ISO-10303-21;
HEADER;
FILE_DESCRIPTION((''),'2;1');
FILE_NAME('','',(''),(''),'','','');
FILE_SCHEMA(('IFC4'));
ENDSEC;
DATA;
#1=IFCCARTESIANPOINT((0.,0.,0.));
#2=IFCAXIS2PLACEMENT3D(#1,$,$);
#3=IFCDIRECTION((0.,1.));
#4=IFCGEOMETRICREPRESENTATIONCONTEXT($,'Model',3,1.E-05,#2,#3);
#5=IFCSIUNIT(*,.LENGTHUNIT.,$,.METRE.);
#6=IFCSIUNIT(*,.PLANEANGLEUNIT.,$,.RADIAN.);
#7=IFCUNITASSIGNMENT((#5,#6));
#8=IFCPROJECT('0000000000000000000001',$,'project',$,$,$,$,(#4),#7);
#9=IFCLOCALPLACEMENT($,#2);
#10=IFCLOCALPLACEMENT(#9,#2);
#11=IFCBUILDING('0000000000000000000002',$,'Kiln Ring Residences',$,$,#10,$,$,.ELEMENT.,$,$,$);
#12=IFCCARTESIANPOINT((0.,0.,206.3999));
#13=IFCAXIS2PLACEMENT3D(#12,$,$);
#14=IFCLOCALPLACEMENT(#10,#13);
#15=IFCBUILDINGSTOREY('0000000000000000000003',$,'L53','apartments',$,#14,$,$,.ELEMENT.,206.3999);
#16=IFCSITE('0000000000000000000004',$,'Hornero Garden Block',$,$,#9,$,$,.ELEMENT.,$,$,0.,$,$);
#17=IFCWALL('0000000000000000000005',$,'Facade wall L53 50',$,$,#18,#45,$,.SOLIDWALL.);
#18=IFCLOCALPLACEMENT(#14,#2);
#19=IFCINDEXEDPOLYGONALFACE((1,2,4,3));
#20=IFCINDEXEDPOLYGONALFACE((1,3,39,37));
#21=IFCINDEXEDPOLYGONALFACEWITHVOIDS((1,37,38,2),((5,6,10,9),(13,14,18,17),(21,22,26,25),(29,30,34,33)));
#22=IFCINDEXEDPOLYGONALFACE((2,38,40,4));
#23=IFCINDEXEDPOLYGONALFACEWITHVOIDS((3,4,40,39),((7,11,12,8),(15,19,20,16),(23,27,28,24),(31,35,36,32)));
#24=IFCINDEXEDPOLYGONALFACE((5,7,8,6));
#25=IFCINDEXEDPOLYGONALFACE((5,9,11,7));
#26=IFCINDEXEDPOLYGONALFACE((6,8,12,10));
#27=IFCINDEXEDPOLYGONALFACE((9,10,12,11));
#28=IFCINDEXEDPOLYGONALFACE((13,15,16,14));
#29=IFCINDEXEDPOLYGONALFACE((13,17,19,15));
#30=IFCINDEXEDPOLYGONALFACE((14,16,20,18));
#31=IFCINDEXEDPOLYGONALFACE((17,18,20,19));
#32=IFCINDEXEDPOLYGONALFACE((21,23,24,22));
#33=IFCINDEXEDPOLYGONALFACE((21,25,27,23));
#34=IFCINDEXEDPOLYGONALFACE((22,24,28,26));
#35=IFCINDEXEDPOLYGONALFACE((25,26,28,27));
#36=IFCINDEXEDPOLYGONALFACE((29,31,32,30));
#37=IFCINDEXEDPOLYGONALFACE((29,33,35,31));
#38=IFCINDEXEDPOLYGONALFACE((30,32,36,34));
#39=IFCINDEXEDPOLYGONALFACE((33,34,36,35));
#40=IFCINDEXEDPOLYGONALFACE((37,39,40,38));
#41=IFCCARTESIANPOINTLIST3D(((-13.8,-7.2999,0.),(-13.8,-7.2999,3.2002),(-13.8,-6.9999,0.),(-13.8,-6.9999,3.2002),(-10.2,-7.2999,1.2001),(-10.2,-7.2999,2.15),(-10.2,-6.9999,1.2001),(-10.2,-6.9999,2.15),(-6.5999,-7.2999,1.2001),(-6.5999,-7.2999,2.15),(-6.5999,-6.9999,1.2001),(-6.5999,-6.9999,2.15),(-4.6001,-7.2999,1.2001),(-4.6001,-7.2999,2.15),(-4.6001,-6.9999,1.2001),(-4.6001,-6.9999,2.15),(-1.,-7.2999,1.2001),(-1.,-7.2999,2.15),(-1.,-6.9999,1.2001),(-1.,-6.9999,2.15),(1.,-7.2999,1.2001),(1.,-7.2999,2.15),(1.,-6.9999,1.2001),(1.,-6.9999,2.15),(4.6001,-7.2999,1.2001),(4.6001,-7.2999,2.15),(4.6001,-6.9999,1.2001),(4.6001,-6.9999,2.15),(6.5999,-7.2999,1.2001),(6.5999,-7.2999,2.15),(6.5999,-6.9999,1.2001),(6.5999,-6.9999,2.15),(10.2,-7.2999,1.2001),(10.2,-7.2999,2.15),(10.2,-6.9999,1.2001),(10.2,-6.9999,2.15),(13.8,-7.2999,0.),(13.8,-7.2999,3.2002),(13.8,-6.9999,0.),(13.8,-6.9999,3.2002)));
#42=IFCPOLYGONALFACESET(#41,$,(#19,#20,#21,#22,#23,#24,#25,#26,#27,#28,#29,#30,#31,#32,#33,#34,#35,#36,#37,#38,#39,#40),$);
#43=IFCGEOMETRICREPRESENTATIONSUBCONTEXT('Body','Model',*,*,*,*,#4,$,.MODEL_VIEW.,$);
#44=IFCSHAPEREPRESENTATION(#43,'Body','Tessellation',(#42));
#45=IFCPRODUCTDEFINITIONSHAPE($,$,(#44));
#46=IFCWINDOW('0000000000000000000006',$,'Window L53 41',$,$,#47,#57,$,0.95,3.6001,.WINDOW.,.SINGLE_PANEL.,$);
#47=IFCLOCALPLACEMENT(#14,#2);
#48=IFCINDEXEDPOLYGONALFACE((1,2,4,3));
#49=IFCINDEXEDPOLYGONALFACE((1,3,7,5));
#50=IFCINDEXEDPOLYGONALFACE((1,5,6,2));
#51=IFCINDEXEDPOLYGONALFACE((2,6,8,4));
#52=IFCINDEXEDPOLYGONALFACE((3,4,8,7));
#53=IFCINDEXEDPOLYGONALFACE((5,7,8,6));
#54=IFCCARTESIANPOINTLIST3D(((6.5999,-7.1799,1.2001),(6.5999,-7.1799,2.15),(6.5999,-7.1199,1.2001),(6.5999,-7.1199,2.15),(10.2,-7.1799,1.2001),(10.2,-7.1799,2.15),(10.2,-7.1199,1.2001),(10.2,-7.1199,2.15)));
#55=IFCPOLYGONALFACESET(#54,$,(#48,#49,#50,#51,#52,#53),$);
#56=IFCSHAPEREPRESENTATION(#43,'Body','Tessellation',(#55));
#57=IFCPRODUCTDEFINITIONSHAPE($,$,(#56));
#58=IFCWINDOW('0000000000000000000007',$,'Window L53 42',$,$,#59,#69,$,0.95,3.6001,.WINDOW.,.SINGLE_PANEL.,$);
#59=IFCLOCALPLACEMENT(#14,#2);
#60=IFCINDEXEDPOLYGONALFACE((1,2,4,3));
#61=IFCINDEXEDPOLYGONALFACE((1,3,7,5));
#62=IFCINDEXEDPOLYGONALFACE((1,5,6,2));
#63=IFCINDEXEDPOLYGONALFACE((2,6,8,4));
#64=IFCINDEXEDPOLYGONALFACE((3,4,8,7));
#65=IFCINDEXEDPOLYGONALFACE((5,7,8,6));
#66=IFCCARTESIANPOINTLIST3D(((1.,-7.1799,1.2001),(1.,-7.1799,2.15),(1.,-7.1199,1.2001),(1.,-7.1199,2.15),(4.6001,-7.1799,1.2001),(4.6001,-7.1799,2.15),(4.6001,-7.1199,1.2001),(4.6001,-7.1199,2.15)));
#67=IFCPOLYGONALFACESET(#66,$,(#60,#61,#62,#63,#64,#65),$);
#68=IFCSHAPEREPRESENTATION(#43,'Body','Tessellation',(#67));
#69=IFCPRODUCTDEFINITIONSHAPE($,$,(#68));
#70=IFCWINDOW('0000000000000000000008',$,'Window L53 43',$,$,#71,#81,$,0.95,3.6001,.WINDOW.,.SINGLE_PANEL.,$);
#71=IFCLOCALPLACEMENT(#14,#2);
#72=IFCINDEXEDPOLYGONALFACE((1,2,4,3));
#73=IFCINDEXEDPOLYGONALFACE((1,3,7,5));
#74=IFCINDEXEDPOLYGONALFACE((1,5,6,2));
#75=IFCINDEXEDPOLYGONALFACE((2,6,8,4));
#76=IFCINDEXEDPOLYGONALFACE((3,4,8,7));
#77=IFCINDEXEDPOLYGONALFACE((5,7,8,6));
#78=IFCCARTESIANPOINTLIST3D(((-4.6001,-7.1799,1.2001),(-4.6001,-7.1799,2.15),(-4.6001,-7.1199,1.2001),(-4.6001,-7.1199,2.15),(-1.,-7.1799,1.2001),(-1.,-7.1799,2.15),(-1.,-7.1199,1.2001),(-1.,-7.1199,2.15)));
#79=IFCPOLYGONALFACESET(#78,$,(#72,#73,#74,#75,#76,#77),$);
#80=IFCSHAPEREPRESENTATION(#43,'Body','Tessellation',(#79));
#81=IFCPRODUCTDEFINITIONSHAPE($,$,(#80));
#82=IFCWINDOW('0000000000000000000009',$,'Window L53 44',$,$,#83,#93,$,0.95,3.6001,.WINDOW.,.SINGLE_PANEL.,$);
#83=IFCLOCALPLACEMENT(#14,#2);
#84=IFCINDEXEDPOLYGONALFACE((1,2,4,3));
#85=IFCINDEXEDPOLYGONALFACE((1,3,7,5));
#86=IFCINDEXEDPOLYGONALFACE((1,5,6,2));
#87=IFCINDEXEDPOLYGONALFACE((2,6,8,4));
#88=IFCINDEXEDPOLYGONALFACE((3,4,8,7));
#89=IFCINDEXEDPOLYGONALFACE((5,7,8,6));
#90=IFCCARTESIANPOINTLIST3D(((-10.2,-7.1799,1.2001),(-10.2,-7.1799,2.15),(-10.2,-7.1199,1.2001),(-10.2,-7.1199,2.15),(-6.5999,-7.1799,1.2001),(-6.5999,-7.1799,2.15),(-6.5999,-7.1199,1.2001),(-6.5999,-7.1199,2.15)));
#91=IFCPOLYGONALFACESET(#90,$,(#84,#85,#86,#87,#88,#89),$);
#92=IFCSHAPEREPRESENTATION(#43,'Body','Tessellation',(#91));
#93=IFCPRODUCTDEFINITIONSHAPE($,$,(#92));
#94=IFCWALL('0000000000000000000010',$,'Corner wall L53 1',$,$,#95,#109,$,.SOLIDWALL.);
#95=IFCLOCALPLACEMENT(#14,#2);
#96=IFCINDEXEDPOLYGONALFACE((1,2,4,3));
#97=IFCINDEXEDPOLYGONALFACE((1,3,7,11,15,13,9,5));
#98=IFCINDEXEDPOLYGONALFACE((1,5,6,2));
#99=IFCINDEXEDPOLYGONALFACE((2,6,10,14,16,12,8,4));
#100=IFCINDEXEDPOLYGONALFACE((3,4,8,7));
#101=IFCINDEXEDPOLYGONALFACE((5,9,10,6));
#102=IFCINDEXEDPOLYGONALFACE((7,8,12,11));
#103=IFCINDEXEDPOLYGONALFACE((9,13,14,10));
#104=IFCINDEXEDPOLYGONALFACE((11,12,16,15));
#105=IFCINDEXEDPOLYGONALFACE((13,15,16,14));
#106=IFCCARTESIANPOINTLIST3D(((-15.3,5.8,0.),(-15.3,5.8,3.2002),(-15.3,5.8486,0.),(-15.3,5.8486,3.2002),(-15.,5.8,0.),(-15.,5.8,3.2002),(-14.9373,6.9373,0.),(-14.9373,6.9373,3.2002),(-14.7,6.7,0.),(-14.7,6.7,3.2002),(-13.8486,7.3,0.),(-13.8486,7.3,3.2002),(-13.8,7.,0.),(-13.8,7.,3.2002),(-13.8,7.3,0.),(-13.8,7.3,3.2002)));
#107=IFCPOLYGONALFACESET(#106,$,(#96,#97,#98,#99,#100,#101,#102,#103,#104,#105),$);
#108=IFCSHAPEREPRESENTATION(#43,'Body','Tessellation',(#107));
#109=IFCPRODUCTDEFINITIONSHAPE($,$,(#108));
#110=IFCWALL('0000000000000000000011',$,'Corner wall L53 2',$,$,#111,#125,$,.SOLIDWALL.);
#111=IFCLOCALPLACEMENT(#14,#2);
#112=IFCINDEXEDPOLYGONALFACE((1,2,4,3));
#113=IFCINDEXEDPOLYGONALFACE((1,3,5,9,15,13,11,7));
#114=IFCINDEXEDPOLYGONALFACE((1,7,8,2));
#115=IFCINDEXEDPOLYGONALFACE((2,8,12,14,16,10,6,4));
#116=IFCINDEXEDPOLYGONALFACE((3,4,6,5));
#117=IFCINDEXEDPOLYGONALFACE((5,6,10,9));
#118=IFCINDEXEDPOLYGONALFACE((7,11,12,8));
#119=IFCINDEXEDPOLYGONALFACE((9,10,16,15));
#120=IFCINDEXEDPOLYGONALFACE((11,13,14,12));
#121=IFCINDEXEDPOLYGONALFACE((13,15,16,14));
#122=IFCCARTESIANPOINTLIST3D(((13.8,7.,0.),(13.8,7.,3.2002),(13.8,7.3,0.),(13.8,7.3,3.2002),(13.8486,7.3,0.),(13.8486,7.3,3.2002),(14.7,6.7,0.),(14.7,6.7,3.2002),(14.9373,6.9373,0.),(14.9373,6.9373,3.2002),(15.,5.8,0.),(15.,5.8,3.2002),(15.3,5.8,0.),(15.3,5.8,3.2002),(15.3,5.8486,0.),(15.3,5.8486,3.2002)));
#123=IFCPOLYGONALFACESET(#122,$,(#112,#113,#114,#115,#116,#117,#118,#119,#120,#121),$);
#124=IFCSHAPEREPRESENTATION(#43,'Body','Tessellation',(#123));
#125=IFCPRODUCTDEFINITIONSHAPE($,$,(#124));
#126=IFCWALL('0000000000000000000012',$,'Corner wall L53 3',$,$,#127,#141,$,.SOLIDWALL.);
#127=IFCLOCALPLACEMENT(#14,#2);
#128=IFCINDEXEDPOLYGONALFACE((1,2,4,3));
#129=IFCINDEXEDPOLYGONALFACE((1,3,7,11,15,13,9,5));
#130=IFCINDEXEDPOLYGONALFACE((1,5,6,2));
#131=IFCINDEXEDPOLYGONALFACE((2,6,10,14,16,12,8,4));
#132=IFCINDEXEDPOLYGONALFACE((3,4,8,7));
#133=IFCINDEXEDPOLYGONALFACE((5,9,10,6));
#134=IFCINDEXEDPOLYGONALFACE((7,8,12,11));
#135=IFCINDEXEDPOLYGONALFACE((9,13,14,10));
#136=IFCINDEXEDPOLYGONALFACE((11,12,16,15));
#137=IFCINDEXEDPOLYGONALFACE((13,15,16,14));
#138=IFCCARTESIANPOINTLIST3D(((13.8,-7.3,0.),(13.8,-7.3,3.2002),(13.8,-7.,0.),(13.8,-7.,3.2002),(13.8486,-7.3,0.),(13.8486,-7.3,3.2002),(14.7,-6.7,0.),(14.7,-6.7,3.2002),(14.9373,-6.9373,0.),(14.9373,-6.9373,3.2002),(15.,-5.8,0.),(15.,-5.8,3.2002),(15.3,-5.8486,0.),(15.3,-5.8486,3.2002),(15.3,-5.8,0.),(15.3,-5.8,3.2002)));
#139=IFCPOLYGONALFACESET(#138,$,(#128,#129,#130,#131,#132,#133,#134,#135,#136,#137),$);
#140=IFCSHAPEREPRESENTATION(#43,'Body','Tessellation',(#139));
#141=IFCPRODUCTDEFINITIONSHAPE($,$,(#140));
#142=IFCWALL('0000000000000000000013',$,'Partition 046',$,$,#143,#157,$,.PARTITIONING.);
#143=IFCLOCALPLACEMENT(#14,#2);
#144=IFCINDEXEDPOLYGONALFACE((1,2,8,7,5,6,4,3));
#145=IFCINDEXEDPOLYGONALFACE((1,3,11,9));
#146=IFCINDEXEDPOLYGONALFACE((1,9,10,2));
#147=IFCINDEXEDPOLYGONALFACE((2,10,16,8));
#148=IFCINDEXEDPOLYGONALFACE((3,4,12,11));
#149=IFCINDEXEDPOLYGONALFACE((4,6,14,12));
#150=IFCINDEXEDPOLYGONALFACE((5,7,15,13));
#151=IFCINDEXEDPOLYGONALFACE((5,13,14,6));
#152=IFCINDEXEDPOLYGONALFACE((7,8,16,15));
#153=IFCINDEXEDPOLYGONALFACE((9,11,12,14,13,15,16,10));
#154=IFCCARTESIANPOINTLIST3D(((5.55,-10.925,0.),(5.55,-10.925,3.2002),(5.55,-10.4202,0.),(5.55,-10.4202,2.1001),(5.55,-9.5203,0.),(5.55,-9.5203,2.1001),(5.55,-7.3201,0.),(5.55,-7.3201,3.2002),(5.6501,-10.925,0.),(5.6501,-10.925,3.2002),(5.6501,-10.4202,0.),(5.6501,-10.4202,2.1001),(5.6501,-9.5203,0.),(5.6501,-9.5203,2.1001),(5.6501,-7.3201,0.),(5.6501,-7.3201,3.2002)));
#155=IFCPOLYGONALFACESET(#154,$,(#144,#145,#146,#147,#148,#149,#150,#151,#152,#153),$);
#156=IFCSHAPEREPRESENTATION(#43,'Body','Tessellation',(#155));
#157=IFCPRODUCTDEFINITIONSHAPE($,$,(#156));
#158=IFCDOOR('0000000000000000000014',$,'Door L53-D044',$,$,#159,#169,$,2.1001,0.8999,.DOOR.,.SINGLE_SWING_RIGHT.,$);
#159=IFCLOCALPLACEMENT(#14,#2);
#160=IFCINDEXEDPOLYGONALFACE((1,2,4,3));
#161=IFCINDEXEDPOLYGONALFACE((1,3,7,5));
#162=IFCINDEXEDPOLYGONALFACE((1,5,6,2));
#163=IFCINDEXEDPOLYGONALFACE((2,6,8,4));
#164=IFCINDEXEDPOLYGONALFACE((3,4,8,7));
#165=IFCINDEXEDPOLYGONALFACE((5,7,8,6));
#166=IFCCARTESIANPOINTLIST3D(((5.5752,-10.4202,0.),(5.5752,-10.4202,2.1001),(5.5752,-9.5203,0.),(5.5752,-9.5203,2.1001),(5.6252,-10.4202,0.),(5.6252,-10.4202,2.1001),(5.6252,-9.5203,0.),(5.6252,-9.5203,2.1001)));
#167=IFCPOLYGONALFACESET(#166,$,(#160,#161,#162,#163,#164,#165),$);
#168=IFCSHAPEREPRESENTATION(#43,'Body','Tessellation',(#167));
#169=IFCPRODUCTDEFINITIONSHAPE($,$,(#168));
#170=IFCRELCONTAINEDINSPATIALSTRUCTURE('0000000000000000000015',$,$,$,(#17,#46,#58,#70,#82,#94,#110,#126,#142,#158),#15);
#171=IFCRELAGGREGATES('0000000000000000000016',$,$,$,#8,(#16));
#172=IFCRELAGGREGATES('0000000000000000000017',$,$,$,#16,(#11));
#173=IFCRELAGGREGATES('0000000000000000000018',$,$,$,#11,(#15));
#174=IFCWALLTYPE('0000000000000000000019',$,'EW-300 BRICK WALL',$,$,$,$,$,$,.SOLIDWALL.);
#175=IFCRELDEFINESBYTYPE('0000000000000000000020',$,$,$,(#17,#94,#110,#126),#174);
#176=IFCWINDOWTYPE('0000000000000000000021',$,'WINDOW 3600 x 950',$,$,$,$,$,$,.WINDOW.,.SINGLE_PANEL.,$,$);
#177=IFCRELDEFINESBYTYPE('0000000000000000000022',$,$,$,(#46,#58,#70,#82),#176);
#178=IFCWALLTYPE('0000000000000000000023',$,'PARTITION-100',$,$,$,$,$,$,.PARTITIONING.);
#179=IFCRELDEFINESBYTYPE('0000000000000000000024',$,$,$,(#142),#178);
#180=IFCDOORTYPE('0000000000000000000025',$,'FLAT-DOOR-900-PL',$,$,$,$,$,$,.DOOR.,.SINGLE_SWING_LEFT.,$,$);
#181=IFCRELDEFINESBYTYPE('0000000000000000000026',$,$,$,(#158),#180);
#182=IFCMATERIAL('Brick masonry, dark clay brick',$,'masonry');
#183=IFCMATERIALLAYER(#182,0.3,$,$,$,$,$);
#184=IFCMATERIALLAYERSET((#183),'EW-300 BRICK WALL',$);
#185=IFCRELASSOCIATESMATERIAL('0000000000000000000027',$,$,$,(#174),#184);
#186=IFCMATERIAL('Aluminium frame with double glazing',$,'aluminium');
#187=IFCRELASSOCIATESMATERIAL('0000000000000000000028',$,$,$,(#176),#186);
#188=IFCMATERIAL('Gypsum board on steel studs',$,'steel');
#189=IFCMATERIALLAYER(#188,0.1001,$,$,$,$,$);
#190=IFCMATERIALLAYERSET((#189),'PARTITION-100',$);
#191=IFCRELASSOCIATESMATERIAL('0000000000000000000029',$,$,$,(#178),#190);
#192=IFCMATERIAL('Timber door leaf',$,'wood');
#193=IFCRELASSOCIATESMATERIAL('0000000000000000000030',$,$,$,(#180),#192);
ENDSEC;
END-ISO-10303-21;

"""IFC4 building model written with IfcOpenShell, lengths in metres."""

from ifc_helpers import new_model, si_unit, direction, frame, frame_2d, origin, place, context, subcontext, project, spatial, polyline, rectangle, outline, extrude, material, layer, layer_set, type_object, element, fill, save


model = new_model("IFC4")

# Units and contexts
model_context = context("Model", 3, precision=1e-05, world=origin(), true_north=direction((0.0, 1.0)))
body_context = subcontext(model_context, "Body", "Model", "MODEL_VIEW")
ifc_project = project(units=[si_unit("LENGTHUNIT", "METRE"), si_unit("PLANEANGLEUNIT", "RADIAN")], contexts=[model_context])

# Site, building, storey
site_placement = place(None, origin())
site = spatial("IfcSite", under=ifc_project, at=site_placement, Name="Hornero Garden Block", CompositionType="ELEMENT", RefElevation=0.0)
building_placement = place(site_placement, origin())
building = spatial("IfcBuilding", under=site, at=building_placement, Name="Kiln Ring Residences", CompositionType="ELEMENT")
storey_placement = place(building_placement, frame((0.0, 0.0, 206.3999)))
storey = spatial("IfcBuildingStorey", under=building, at=storey_placement, Name="L53", Description="apartments", CompositionType="ELEMENT", Elevation=206.3999)

# Shared definitions
placement_1 = place(storey_placement, origin())

# Wall, openings, windows
ifc_material_1 = material(Name="Brick masonry, dark clay brick", Category="masonry")
ifc_layer_1 = layer(ifc_material_1, 0.3)
ifc_layer_set_1 = layer_set([ifc_layer_1], Name="EW-300 BRICK WALL")
wall_type_1 = type_object("IfcWallType", Name="EW-300 BRICK WALL", PredefinedType="SOLIDWALL", material=ifc_layer_set_1)
wall_1_placement = place(storey_placement, frame((13.8, -7.1499, 0.0), z_axis=(0.0, 0.0, 1.0), x_axis=(-1.0, 0.0, 0.0)))
wall_1 = element("IfcWall", 1, at=wall_1_placement, inside=storey, type_object=wall_type_1, Name="Facade wall L53 50", PredefinedType="SOLIDWALL", context=body_context, shape_type="SweptSolid", body=[
    extrude(rectangle(XDim=27.6001, YDim=0.3, at=frame_2d((13.8, 0.0))), origin(), (0.0, 0.0, 1.0), 3.2002),
])
opening_1_placement = place(wall_1_placement, frame((3.6001, 0.0, 1.2)))
opening_1 = element("IfcOpeningElement", 2, at=opening_1_placement, cuts=wall_1, PredefinedType="OPENING", context=body_context, shape_type="SweptSolid", body=[
    extrude(rectangle(XDim=3.6001, YDim=0.95, at=frame_2d((1.8, 0.4751))), frame((0.0, 0.1599, 0.0), z_axis=(0.0, -1.0, 0.0), x_axis=(1.0, 0.0, 0.0)), (0.0, 0.0, 1.0), 0.3201),
])
opening_2_placement = place(wall_1_placement, frame((9.2, 0.0, 1.2)))
opening_2 = element("IfcOpeningElement", 3, at=opening_2_placement, cuts=wall_1, PredefinedType="OPENING", context=body_context, shape_type="SweptSolid", body=[
    extrude(rectangle(XDim=3.6001, YDim=0.95, at=frame_2d((1.8, 0.4751))), frame((0.0, 0.1599, 0.0), z_axis=(0.0, -1.0, 0.0), x_axis=(1.0, 0.0, 0.0)), (0.0, 0.0, 1.0), 0.3201),
])
opening_3_placement = place(wall_1_placement, frame((14.8, 0.0, 1.2)))
opening_3 = element("IfcOpeningElement", 4, at=opening_3_placement, cuts=wall_1, PredefinedType="OPENING", context=body_context, shape_type="SweptSolid", body=[
    extrude(rectangle(XDim=3.6001, YDim=0.95, at=frame_2d((1.8, 0.4751))), frame((0.0, 0.1599, 0.0), z_axis=(0.0, -1.0, 0.0), x_axis=(1.0, 0.0, 0.0)), (0.0, 0.0, 1.0), 0.3201),
])
opening_4_placement = place(wall_1_placement, frame((20.3999, 0.0, 1.2)))
opening_4 = element("IfcOpeningElement", 5, at=opening_4_placement, cuts=wall_1, PredefinedType="OPENING", context=body_context, shape_type="SweptSolid", body=[
    extrude(rectangle(XDim=3.6001, YDim=0.95, at=frame_2d((1.8, 0.4751))), frame((0.0, 0.1599, 0.0), z_axis=(0.0, -1.0, 0.0), x_axis=(1.0, 0.0, 0.0)), (0.0, 0.0, 1.0), 0.3201),
])
ifc_material_2 = material(Name="Aluminium frame with double glazing", Category="aluminium")
window_type = type_object("IfcWindowType", Name="WINDOW 3600 x 950", PartitioningType="SINGLE_PANEL", PredefinedType="WINDOW", material=ifc_material_2)
window_1_placement = place(opening_1_placement, origin())
window_1 = element("IfcWindow", 6, at=window_1_placement, inside=storey, type_object=window_type, Name="Window L53 41", OverallHeight=0.95, OverallWidth=3.6001, PartitioningType="SINGLE_PANEL", PredefinedType="WINDOW", context=body_context, shape_type="SweptSolid", body=[
    extrude(rectangle(XDim=3.6001, YDim=0.95, at=frame_2d((1.8, 0.4751))), frame((0.0, 0.03, 0.0), z_axis=(0.0, -1.0, 0.0), x_axis=(1.0, 0.0, 0.0)), (0.0, 0.0, 1.0), 0.0601),
])
fill(opening_1, window_1)
window_2_placement = place(opening_2_placement, origin())
window_2 = element("IfcWindow", 7, at=window_2_placement, inside=storey, type_object=window_type, Name="Window L53 42", OverallHeight=0.95, OverallWidth=3.6001, PartitioningType="SINGLE_PANEL", PredefinedType="WINDOW", context=body_context, shape_type="SweptSolid", body=[
    extrude(rectangle(XDim=3.6001, YDim=0.95, at=frame_2d((1.8, 0.4751))), frame((0.0, 0.03, 0.0), z_axis=(0.0, -1.0, 0.0), x_axis=(1.0, 0.0, 0.0)), (0.0, 0.0, 1.0), 0.0601),
])
fill(opening_2, window_2)
window_3_placement = place(opening_3_placement, origin())
window_3 = element("IfcWindow", 8, at=window_3_placement, inside=storey, type_object=window_type, Name="Window L53 43", OverallHeight=0.95, OverallWidth=3.6001, PartitioningType="SINGLE_PANEL", PredefinedType="WINDOW", context=body_context, shape_type="SweptSolid", body=[
    extrude(rectangle(XDim=3.6001, YDim=0.95, at=frame_2d((1.8, 0.4751))), frame((0.0, 0.03, 0.0), z_axis=(0.0, -1.0, 0.0), x_axis=(1.0, 0.0, 0.0)), (0.0, 0.0, 1.0), 0.0601),
])
fill(opening_3, window_3)
window_4_placement = place(opening_4_placement, origin())
window_4 = element("IfcWindow", 9, at=window_4_placement, inside=storey, type_object=window_type, Name="Window L53 44", OverallHeight=0.95, OverallWidth=3.6001, PartitioningType="SINGLE_PANEL", PredefinedType="WINDOW", context=body_context, shape_type="SweptSolid", body=[
    extrude(rectangle(XDim=3.6001, YDim=0.95, at=frame_2d((1.8, 0.4751))), frame((0.0, 0.03, 0.0), z_axis=(0.0, -1.0, 0.0), x_axis=(1.0, 0.0, 0.0)), (0.0, 0.0, 1.0), 0.0601),
])
fill(opening_4, window_4)

# Walls
element("IfcWall", 10, at=placement_1, inside=storey, type_object=wall_type_1, Name="Corner wall L53 1", PredefinedType="SOLIDWALL", context=body_context, shape_type="SweptSolid", body=[
    extrude(outline(polyline([(-13.8486, 7.3), (-14.9373, 6.9373), (-15.3, 5.8486), (-15.3, 5.8), (-15.0, 5.8), (-14.7, 6.7), (-13.8, 7.0), (-13.8, 7.3), (-13.8486, 7.3)])), origin(), (0.0, 0.0, 1.0), 3.2002),
])
element("IfcWall", 11, at=placement_1, inside=storey, type_object=wall_type_1, Name="Corner wall L53 2", PredefinedType="SOLIDWALL", context=body_context, shape_type="SweptSolid", body=[
    extrude(outline(polyline([(14.9373, 6.9373), (13.8486, 7.3), (13.8, 7.3), (13.8, 7.0), (14.7, 6.7), (15.0, 5.8), (15.3, 5.8), (15.3, 5.8486), (14.9373, 6.9373)])), origin(), (0.0, 0.0, 1.0), 3.2002),
])
element("IfcWall", 12, at=placement_1, inside=storey, type_object=wall_type_1, Name="Corner wall L53 3", PredefinedType="SOLIDWALL", context=body_context, shape_type="SweptSolid", body=[
    extrude(outline(polyline([(14.9373, -6.9373), (15.3, -5.8486), (15.3, -5.8), (15.0, -5.8), (14.7, -6.7), (13.8, -7.0), (13.8, -7.3), (13.8486, -7.3), (14.9373, -6.9373)])), origin(), (0.0, 0.0, 1.0), 3.2002),
])

# Wall, opening, door
ifc_material_3 = material(Name="Gypsum board on steel studs", Category="steel")
ifc_layer_2 = layer(ifc_material_3, 0.1001)
ifc_layer_set_2 = layer_set([ifc_layer_2], Name="PARTITION-100")
wall_type_2 = type_object("IfcWallType", Name="PARTITION-100", PredefinedType="PARTITIONING", material=ifc_layer_set_2)
wall_2_placement = place(storey_placement, frame((5.6001, -10.925, 0.0), z_axis=(0.0, 0.0, 1.0), x_axis=(0.0, 1.0, 0.0)))
wall_2 = element("IfcWall", 13, at=wall_2_placement, inside=storey, type_object=wall_type_2, Name="Partition 046", PredefinedType="PARTITIONING", context=body_context, shape_type="SweptSolid", body=[
    extrude(rectangle(XDim=3.605, YDim=0.1001, at=frame_2d((1.8025, 0.0))), origin(), (0.0, 0.0, 1.0), 3.2002),
])
opening_5_placement = place(wall_2_placement, frame((0.5049, 0.0, 0.0)))
opening_5 = element("IfcOpeningElement", 14, at=opening_5_placement, cuts=wall_2, PredefinedType="OPENING", context=body_context, shape_type="SweptSolid", body=[
    extrude(rectangle(XDim=0.8999, YDim=2.1001, at=frame_2d((0.45, 1.05))), frame((0.0, 0.0601, 0.0), z_axis=(0.0, -1.0, 0.0), x_axis=(1.0, 0.0, 0.0)), (0.0, 0.0, 1.0), 0.1201),
])
ifc_material_4 = material(Name="Timber door leaf", Category="wood")
door_type_1 = type_object("IfcDoorType", Name="FLAT-DOOR-900-PL", OperationType="SINGLE_SWING_LEFT", PredefinedType="DOOR", material=ifc_material_4)
door_1_placement = place(opening_5_placement, origin())
door_1 = element("IfcDoor", 15, at=door_1_placement, inside=storey, type_object=door_type_1, Name="Door L53-D044", OperationType="SINGLE_SWING_RIGHT", OverallHeight=2.1001, OverallWidth=0.8999, PredefinedType="DOOR", context=body_context, shape_type="SweptSolid", body=[
    extrude(rectangle(XDim=0.8999, YDim=2.1001, at=frame_2d((0.45, 1.05))), frame((0.0, 0.0249, 0.0), z_axis=(0.0, -1.0, 0.0), x_axis=(1.0, 0.0, 0.0)), (0.0, 0.0, 1.0), 0.05),
])
fill(opening_5, door_1)

save(model, "model.ifc")
